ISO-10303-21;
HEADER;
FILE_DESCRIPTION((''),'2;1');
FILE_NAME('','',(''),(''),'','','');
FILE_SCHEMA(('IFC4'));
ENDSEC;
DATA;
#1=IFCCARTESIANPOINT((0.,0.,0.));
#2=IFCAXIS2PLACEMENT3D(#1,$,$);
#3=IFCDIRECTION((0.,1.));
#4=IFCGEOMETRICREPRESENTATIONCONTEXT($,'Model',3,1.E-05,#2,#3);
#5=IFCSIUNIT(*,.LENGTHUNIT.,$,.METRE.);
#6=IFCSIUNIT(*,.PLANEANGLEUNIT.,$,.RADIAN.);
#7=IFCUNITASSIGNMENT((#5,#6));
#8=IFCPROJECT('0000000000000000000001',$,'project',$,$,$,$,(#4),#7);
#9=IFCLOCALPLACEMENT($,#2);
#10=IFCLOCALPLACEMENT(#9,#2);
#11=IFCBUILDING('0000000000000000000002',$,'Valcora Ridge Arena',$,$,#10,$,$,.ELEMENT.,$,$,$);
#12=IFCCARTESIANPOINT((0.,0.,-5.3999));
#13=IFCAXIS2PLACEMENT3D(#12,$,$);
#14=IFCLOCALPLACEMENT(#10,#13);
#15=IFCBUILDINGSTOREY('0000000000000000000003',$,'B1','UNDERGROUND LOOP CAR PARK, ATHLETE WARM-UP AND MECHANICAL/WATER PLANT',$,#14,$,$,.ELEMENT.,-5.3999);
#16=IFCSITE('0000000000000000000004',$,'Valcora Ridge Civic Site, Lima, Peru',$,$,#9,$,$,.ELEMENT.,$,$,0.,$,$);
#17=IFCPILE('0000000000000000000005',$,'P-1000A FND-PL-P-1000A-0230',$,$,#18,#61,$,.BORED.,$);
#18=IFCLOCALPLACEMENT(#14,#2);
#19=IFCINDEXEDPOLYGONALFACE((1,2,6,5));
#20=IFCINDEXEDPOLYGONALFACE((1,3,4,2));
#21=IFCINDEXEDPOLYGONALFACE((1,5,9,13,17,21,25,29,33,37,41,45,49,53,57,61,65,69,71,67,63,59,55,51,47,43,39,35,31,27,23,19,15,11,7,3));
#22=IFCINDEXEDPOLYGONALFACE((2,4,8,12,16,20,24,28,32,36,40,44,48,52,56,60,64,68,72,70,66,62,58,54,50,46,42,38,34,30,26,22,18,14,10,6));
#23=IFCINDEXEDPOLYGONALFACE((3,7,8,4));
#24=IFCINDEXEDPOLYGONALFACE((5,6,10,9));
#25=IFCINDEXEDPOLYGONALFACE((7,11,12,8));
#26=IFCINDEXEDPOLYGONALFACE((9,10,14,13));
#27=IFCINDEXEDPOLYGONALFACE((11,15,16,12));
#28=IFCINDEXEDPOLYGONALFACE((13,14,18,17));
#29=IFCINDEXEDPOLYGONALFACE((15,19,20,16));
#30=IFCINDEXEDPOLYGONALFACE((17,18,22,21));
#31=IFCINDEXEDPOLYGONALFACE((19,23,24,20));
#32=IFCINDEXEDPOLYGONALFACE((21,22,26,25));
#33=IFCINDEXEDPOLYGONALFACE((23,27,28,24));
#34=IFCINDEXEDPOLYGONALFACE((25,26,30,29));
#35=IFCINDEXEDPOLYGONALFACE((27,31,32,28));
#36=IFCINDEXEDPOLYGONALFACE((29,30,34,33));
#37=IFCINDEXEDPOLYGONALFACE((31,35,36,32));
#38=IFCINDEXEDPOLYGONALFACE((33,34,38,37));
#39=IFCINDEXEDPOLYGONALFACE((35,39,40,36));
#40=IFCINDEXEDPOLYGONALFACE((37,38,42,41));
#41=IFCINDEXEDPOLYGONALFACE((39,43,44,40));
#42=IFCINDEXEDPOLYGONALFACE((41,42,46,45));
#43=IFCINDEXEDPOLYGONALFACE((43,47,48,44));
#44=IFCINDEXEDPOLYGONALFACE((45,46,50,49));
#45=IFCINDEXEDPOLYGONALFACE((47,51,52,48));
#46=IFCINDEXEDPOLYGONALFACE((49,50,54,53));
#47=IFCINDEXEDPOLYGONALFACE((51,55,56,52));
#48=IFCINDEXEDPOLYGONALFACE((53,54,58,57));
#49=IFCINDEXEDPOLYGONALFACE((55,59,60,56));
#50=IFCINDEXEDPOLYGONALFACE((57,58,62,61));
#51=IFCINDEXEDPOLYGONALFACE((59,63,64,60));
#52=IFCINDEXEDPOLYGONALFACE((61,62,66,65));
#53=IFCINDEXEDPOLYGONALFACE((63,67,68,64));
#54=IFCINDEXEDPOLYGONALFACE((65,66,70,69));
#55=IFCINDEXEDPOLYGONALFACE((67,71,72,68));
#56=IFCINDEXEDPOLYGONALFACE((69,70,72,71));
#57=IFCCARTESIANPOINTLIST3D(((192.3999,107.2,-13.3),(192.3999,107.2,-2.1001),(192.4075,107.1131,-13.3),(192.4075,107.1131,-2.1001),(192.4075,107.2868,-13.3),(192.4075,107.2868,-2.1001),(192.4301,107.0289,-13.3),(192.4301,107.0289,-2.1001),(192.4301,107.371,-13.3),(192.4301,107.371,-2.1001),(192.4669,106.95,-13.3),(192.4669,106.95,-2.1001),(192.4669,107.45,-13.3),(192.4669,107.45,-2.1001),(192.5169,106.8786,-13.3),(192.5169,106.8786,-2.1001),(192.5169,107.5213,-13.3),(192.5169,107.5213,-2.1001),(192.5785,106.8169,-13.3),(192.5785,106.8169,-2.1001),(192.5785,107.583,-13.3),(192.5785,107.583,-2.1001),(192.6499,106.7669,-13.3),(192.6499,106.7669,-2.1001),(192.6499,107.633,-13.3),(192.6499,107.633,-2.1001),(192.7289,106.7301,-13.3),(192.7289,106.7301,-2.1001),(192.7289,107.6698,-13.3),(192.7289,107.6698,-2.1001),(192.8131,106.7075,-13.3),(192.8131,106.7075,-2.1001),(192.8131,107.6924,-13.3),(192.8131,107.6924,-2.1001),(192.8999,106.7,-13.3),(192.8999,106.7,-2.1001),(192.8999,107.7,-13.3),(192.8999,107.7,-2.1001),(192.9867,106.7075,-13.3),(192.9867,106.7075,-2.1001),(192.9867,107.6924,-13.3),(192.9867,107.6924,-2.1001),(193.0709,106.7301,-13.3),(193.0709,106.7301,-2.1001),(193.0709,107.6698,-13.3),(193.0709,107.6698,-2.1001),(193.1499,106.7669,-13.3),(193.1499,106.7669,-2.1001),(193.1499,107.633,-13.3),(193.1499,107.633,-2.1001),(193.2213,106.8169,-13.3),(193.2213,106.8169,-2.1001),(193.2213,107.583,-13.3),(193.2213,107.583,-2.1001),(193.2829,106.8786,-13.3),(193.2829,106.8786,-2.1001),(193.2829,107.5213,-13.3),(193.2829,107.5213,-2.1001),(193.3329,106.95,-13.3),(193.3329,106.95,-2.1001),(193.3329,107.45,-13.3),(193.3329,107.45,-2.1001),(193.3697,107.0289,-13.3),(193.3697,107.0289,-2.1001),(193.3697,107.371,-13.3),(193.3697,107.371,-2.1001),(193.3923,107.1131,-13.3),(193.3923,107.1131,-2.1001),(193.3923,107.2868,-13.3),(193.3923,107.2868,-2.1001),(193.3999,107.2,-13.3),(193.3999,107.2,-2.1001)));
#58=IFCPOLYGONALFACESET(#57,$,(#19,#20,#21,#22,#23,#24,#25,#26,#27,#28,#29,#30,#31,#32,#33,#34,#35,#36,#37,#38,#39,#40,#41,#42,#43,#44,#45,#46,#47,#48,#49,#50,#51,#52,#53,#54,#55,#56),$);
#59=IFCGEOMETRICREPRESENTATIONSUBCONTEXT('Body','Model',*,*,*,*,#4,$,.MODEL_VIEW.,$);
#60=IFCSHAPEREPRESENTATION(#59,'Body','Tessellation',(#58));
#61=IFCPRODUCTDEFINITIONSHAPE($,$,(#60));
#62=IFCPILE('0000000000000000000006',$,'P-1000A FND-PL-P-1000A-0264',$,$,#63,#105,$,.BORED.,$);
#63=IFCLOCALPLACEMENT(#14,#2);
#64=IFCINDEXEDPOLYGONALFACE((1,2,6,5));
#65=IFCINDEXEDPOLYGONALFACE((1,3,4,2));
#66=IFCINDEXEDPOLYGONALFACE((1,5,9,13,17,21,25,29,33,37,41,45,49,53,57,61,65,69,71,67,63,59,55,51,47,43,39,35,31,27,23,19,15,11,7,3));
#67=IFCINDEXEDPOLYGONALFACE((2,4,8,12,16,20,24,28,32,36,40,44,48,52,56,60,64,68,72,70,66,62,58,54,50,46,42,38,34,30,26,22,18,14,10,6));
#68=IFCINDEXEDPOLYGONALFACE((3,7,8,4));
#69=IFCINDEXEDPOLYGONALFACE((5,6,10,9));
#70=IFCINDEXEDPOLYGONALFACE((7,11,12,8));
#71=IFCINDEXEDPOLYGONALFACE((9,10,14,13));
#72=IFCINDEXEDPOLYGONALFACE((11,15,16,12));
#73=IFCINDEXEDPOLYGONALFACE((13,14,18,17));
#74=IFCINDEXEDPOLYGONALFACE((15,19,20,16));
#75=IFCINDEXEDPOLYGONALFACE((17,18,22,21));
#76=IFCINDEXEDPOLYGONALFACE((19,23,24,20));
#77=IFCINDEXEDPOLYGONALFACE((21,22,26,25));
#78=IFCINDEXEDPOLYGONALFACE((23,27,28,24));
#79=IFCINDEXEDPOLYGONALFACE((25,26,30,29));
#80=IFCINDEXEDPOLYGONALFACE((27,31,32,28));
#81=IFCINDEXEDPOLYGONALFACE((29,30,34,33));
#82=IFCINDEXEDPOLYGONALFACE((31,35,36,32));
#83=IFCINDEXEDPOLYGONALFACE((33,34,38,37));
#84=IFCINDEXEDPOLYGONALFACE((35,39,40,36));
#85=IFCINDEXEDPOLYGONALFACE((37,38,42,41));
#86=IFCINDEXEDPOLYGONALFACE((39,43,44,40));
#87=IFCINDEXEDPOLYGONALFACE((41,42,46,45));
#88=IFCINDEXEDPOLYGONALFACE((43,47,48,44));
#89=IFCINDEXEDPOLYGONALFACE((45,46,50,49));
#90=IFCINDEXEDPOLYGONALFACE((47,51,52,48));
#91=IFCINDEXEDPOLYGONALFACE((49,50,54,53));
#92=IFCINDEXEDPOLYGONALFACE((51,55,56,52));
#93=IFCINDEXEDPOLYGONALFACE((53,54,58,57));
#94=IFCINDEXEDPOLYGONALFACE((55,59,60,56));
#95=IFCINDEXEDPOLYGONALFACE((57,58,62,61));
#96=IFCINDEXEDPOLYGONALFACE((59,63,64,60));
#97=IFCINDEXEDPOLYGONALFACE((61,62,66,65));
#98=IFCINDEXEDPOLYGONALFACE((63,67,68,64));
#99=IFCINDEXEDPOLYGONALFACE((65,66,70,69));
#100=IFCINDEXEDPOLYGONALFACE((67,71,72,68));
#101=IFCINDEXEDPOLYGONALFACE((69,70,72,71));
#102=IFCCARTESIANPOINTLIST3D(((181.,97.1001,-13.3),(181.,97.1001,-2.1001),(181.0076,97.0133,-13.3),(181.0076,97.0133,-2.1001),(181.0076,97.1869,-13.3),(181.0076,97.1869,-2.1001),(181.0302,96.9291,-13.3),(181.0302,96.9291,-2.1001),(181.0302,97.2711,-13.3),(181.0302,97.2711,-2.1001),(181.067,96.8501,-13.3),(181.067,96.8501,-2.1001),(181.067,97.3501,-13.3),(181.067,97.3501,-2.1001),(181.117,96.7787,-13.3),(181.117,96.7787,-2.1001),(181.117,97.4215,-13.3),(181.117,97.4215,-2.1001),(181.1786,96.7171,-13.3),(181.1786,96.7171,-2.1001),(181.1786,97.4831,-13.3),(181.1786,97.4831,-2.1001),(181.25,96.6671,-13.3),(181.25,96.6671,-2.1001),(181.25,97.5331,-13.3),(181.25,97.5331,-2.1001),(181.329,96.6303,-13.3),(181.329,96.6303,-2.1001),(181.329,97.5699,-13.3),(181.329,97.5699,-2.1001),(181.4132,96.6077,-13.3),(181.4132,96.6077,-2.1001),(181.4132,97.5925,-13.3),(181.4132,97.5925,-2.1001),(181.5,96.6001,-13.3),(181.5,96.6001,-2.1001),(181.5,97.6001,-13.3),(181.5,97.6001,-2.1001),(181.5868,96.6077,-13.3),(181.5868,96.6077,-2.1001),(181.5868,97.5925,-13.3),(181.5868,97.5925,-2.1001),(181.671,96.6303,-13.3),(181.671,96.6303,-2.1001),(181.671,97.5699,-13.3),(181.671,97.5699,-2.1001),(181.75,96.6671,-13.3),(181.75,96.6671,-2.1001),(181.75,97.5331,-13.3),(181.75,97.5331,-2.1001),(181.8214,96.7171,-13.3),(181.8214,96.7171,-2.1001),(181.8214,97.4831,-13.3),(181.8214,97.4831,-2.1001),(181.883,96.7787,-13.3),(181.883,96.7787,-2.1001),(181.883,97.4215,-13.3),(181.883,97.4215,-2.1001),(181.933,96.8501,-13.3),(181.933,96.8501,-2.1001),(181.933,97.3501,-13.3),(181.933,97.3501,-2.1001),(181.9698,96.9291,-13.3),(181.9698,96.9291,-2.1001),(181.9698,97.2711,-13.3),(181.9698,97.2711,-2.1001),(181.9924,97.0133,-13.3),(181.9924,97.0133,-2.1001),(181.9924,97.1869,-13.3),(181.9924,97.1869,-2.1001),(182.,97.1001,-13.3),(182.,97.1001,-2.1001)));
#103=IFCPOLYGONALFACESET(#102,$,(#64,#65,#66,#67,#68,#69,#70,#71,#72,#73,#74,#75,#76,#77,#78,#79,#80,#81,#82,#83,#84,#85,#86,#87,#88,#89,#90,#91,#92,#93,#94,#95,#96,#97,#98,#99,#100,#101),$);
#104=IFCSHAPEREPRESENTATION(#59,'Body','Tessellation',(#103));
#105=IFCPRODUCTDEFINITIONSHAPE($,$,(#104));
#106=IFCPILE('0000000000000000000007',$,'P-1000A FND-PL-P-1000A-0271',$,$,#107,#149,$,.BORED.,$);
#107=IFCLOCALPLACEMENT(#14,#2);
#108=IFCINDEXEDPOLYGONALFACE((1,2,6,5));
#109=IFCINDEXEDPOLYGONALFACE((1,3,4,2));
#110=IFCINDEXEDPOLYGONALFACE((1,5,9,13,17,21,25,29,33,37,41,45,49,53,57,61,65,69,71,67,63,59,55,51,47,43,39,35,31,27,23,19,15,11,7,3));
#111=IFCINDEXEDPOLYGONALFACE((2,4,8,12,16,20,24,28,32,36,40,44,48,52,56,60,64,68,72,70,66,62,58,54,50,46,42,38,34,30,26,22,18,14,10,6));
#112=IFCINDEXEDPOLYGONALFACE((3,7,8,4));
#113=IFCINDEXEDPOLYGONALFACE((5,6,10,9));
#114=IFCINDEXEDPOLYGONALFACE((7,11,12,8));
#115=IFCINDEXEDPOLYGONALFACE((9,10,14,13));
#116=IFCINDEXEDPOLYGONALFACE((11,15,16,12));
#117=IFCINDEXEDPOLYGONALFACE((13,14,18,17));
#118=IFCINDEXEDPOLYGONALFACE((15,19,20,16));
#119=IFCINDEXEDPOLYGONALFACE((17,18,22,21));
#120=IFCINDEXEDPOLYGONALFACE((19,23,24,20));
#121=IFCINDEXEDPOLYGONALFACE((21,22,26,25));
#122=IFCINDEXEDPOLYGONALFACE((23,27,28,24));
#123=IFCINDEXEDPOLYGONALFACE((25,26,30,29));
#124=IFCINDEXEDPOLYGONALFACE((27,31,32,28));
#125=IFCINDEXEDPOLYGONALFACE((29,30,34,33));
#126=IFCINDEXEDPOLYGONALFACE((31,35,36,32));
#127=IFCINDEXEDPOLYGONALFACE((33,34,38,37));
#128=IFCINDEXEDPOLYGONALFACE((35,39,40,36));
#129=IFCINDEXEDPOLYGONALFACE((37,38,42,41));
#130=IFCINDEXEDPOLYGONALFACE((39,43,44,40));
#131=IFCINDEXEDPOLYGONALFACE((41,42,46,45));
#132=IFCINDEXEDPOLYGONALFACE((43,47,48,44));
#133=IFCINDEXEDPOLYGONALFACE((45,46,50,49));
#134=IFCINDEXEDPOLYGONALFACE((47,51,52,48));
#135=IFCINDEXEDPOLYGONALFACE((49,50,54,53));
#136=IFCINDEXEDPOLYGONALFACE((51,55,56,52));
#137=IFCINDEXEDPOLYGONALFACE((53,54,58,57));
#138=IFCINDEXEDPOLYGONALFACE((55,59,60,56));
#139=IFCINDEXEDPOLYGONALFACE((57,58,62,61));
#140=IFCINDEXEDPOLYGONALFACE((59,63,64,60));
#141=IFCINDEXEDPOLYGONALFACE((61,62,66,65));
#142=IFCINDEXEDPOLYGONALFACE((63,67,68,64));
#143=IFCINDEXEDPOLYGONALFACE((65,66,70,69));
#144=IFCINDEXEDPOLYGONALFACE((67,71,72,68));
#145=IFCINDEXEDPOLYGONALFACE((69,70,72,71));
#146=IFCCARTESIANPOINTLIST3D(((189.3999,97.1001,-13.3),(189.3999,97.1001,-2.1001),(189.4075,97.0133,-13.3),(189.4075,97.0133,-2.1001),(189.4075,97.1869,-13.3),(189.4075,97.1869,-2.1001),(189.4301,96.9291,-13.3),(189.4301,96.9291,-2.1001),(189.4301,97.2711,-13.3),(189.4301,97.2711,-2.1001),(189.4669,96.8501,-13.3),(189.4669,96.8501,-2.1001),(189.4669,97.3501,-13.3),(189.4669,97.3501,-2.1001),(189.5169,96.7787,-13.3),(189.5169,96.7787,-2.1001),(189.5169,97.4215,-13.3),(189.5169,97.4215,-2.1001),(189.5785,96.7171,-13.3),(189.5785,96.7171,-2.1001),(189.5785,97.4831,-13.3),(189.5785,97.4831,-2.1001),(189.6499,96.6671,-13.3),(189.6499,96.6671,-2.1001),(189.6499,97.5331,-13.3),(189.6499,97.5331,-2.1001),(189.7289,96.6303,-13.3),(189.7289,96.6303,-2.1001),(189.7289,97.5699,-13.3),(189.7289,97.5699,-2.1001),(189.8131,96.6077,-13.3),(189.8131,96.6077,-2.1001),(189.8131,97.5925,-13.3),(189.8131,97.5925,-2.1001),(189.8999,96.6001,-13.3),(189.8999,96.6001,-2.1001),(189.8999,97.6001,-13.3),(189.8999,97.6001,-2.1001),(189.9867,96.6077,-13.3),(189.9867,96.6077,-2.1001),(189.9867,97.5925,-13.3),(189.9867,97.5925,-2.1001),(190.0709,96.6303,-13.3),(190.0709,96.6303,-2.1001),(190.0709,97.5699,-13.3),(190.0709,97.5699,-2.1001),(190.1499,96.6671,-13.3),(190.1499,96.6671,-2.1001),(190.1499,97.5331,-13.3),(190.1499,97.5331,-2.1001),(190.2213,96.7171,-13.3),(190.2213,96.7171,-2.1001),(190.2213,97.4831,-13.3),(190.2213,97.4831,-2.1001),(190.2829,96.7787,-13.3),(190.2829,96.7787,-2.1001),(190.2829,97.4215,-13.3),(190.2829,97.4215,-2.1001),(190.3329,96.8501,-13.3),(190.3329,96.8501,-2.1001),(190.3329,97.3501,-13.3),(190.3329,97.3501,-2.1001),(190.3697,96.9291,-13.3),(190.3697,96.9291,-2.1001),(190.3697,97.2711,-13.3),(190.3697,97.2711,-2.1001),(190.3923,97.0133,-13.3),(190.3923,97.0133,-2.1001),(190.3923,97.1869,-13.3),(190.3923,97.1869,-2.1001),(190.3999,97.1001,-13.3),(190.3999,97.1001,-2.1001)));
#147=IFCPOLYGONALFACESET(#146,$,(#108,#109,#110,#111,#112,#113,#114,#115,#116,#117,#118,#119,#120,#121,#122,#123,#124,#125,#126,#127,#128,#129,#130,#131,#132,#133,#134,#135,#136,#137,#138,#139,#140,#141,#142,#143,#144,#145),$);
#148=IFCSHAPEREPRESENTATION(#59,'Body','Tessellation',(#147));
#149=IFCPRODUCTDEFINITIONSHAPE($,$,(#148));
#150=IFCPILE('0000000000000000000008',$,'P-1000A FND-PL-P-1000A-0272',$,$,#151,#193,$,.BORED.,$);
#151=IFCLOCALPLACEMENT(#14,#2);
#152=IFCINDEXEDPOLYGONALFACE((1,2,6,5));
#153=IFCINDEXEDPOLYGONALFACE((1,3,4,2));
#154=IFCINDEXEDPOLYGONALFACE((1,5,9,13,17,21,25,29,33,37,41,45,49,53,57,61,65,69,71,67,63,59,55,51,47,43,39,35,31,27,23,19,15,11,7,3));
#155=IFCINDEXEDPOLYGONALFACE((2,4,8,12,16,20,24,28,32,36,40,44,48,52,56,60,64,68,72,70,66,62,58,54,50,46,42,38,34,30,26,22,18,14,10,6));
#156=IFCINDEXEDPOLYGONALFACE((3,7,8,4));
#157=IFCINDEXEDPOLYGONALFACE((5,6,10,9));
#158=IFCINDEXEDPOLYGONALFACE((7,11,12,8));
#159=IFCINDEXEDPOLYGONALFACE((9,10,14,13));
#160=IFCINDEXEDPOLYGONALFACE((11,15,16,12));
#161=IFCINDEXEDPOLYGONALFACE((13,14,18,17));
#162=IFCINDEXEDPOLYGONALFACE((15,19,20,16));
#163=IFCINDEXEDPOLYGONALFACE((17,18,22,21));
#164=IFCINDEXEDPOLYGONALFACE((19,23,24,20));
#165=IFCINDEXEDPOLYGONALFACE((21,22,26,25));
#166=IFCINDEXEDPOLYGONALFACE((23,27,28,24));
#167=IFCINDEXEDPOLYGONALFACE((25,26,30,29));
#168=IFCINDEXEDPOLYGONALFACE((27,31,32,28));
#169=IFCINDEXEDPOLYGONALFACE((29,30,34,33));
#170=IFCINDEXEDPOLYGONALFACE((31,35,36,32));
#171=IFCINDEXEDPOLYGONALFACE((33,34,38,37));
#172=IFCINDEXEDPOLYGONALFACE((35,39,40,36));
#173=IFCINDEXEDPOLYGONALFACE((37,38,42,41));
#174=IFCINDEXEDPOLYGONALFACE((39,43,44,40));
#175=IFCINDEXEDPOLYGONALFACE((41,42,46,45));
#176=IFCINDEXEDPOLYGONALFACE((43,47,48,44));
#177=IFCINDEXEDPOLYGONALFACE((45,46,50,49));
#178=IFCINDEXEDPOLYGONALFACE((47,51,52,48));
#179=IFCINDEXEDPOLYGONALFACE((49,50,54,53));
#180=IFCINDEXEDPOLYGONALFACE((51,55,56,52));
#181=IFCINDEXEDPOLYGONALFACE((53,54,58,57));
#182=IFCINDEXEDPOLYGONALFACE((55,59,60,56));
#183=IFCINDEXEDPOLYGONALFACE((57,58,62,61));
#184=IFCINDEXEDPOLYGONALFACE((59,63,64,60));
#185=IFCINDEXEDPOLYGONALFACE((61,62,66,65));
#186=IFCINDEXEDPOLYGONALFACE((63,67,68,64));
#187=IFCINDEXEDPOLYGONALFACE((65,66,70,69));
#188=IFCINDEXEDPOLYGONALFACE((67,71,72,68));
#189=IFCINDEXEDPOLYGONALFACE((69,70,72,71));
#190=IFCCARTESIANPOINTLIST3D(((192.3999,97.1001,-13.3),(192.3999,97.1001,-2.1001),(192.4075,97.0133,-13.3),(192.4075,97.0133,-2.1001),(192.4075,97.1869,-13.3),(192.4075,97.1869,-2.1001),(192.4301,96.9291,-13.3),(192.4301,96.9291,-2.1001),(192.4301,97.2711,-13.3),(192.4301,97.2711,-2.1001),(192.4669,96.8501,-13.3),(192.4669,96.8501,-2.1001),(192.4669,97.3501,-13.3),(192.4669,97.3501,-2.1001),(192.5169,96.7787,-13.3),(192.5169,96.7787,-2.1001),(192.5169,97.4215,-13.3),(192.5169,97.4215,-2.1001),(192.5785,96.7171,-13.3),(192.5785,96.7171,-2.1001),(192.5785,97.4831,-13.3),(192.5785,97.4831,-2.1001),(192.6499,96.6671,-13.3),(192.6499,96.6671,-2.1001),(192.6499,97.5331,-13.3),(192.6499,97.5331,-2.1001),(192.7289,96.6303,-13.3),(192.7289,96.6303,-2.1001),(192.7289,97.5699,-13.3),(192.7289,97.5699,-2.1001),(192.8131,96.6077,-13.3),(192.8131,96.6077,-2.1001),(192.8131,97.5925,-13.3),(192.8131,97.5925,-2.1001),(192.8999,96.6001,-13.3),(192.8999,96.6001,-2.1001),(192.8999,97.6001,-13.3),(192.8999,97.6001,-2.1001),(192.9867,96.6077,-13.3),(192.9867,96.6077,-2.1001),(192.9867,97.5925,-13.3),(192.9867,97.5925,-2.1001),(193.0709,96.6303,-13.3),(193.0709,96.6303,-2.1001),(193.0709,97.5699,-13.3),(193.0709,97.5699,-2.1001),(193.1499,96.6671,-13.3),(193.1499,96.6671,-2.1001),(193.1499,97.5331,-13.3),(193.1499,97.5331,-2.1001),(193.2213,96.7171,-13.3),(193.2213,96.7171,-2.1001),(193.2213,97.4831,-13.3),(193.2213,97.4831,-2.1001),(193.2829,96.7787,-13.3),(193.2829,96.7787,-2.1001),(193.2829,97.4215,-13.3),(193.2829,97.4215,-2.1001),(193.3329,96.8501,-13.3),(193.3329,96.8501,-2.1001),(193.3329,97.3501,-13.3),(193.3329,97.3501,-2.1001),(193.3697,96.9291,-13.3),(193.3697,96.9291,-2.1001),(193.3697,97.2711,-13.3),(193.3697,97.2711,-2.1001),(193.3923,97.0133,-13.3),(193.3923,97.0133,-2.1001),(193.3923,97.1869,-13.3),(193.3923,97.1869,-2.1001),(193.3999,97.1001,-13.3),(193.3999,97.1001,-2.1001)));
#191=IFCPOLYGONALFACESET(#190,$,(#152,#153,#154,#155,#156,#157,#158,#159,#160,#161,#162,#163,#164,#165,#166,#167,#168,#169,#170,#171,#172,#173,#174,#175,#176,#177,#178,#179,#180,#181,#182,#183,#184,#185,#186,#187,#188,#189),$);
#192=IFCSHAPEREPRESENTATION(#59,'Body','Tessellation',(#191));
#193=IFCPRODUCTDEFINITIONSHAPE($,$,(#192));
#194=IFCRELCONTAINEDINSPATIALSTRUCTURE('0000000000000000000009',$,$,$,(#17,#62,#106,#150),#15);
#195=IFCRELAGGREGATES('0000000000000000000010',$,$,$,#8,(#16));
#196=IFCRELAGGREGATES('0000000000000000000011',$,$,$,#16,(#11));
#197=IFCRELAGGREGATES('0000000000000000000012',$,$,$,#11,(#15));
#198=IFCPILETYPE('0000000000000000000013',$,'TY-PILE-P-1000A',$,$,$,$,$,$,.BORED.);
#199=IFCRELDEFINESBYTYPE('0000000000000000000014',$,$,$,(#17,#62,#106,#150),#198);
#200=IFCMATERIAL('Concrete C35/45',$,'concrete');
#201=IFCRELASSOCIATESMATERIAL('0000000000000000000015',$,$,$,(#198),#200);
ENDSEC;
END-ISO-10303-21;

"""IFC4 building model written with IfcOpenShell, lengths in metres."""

from ifc_helpers import new_model, si_unit, direction, frame, origin, origin_2d, place, context, subcontext, project, spatial, circle, extrude, material, material_profile, profile_set, type_object, element, save


model = new_model("IFC4")

# Units and contexts
model_context = context("Model", 3, precision=1e-05, world=origin(), true_north=direction((0.0, 1.0)))
body_context = subcontext(model_context, "Body", "Model", "MODEL_VIEW")
ifc_project = project(units=[si_unit("LENGTHUNIT", "METRE"), si_unit("PLANEANGLEUNIT", "RADIAN")], contexts=[model_context])

# Site, building, storey
site_placement = place(None, origin())
site = spatial("IfcSite", under=ifc_project, at=site_placement, Name="Valcora Ridge Civic Site, Lima, Peru", CompositionType="ELEMENT", RefElevation=0.0)
building_placement = place(site_placement, origin())
building = spatial("IfcBuilding", under=site, at=building_placement, Name="Valcora Ridge Arena", CompositionType="ELEMENT")
storey_placement = place(building_placement, frame((0.0, 0.0, -5.3999)))
storey = spatial("IfcBuildingStorey", under=building, at=storey_placement, Name="B1", Description="UNDERGROUND LOOP CAR PARK, ATHLETE WARM-UP AND MECHANICAL/WATER PLANT", CompositionType="ELEMENT", Elevation=-5.3999)

# Piles
ifc_material_1 = material(Name="Concrete C35/45", Category="concrete")
ifc_material_profile_1 = material_profile(ifc_material_1, circle(Radius=0.5, at=origin_2d()), Name="BORED PILE D1000")
ifc_profile_set_1 = profile_set([ifc_material_profile_1], Name="Concrete C35/45")
pile_type_1 = type_object("IfcPileType", Name="TY-PILE-P-1000A", PredefinedType="BORED", material=ifc_profile_set_1)
for number, where, z_axis, x_axis, name in (
    (1, (192.8999, 107.2, -2.1001), (0.0, 0.0, -1.0), (1.0, 0.0, 0.0), "P-1000A FND-PL-P-1000A-0230"),
    (2, (181.5, 97.1001, -2.1001), (0.0, 0.0, -1.0), (1.0, 0.0, 0.0), "P-1000A FND-PL-P-1000A-0264"),
    (3, (189.8999, 97.1001, -2.1001), (0.0, 0.0, -1.0), (1.0, 0.0, 0.0), "P-1000A FND-PL-P-1000A-0271"),
    (4, (192.8999, 97.1001, -2.1001), (0.0, 0.0, -1.0), (1.0, 0.0, 0.0), "P-1000A FND-PL-P-1000A-0272"),
):
    element("IfcPile", number, at=place(storey_placement, frame(where, z_axis=z_axis, x_axis=x_axis)), inside=storey, type_object=pile_type_1, Name=name, PredefinedType="BORED", context=body_context, shape_type="SweptSolid", body=[
        extrude(circle(Radius=0.5, at=origin_2d()), origin(), (0.0, 0.0, 1.0), 11.2),
    ])

save(model, "model.ifc")
